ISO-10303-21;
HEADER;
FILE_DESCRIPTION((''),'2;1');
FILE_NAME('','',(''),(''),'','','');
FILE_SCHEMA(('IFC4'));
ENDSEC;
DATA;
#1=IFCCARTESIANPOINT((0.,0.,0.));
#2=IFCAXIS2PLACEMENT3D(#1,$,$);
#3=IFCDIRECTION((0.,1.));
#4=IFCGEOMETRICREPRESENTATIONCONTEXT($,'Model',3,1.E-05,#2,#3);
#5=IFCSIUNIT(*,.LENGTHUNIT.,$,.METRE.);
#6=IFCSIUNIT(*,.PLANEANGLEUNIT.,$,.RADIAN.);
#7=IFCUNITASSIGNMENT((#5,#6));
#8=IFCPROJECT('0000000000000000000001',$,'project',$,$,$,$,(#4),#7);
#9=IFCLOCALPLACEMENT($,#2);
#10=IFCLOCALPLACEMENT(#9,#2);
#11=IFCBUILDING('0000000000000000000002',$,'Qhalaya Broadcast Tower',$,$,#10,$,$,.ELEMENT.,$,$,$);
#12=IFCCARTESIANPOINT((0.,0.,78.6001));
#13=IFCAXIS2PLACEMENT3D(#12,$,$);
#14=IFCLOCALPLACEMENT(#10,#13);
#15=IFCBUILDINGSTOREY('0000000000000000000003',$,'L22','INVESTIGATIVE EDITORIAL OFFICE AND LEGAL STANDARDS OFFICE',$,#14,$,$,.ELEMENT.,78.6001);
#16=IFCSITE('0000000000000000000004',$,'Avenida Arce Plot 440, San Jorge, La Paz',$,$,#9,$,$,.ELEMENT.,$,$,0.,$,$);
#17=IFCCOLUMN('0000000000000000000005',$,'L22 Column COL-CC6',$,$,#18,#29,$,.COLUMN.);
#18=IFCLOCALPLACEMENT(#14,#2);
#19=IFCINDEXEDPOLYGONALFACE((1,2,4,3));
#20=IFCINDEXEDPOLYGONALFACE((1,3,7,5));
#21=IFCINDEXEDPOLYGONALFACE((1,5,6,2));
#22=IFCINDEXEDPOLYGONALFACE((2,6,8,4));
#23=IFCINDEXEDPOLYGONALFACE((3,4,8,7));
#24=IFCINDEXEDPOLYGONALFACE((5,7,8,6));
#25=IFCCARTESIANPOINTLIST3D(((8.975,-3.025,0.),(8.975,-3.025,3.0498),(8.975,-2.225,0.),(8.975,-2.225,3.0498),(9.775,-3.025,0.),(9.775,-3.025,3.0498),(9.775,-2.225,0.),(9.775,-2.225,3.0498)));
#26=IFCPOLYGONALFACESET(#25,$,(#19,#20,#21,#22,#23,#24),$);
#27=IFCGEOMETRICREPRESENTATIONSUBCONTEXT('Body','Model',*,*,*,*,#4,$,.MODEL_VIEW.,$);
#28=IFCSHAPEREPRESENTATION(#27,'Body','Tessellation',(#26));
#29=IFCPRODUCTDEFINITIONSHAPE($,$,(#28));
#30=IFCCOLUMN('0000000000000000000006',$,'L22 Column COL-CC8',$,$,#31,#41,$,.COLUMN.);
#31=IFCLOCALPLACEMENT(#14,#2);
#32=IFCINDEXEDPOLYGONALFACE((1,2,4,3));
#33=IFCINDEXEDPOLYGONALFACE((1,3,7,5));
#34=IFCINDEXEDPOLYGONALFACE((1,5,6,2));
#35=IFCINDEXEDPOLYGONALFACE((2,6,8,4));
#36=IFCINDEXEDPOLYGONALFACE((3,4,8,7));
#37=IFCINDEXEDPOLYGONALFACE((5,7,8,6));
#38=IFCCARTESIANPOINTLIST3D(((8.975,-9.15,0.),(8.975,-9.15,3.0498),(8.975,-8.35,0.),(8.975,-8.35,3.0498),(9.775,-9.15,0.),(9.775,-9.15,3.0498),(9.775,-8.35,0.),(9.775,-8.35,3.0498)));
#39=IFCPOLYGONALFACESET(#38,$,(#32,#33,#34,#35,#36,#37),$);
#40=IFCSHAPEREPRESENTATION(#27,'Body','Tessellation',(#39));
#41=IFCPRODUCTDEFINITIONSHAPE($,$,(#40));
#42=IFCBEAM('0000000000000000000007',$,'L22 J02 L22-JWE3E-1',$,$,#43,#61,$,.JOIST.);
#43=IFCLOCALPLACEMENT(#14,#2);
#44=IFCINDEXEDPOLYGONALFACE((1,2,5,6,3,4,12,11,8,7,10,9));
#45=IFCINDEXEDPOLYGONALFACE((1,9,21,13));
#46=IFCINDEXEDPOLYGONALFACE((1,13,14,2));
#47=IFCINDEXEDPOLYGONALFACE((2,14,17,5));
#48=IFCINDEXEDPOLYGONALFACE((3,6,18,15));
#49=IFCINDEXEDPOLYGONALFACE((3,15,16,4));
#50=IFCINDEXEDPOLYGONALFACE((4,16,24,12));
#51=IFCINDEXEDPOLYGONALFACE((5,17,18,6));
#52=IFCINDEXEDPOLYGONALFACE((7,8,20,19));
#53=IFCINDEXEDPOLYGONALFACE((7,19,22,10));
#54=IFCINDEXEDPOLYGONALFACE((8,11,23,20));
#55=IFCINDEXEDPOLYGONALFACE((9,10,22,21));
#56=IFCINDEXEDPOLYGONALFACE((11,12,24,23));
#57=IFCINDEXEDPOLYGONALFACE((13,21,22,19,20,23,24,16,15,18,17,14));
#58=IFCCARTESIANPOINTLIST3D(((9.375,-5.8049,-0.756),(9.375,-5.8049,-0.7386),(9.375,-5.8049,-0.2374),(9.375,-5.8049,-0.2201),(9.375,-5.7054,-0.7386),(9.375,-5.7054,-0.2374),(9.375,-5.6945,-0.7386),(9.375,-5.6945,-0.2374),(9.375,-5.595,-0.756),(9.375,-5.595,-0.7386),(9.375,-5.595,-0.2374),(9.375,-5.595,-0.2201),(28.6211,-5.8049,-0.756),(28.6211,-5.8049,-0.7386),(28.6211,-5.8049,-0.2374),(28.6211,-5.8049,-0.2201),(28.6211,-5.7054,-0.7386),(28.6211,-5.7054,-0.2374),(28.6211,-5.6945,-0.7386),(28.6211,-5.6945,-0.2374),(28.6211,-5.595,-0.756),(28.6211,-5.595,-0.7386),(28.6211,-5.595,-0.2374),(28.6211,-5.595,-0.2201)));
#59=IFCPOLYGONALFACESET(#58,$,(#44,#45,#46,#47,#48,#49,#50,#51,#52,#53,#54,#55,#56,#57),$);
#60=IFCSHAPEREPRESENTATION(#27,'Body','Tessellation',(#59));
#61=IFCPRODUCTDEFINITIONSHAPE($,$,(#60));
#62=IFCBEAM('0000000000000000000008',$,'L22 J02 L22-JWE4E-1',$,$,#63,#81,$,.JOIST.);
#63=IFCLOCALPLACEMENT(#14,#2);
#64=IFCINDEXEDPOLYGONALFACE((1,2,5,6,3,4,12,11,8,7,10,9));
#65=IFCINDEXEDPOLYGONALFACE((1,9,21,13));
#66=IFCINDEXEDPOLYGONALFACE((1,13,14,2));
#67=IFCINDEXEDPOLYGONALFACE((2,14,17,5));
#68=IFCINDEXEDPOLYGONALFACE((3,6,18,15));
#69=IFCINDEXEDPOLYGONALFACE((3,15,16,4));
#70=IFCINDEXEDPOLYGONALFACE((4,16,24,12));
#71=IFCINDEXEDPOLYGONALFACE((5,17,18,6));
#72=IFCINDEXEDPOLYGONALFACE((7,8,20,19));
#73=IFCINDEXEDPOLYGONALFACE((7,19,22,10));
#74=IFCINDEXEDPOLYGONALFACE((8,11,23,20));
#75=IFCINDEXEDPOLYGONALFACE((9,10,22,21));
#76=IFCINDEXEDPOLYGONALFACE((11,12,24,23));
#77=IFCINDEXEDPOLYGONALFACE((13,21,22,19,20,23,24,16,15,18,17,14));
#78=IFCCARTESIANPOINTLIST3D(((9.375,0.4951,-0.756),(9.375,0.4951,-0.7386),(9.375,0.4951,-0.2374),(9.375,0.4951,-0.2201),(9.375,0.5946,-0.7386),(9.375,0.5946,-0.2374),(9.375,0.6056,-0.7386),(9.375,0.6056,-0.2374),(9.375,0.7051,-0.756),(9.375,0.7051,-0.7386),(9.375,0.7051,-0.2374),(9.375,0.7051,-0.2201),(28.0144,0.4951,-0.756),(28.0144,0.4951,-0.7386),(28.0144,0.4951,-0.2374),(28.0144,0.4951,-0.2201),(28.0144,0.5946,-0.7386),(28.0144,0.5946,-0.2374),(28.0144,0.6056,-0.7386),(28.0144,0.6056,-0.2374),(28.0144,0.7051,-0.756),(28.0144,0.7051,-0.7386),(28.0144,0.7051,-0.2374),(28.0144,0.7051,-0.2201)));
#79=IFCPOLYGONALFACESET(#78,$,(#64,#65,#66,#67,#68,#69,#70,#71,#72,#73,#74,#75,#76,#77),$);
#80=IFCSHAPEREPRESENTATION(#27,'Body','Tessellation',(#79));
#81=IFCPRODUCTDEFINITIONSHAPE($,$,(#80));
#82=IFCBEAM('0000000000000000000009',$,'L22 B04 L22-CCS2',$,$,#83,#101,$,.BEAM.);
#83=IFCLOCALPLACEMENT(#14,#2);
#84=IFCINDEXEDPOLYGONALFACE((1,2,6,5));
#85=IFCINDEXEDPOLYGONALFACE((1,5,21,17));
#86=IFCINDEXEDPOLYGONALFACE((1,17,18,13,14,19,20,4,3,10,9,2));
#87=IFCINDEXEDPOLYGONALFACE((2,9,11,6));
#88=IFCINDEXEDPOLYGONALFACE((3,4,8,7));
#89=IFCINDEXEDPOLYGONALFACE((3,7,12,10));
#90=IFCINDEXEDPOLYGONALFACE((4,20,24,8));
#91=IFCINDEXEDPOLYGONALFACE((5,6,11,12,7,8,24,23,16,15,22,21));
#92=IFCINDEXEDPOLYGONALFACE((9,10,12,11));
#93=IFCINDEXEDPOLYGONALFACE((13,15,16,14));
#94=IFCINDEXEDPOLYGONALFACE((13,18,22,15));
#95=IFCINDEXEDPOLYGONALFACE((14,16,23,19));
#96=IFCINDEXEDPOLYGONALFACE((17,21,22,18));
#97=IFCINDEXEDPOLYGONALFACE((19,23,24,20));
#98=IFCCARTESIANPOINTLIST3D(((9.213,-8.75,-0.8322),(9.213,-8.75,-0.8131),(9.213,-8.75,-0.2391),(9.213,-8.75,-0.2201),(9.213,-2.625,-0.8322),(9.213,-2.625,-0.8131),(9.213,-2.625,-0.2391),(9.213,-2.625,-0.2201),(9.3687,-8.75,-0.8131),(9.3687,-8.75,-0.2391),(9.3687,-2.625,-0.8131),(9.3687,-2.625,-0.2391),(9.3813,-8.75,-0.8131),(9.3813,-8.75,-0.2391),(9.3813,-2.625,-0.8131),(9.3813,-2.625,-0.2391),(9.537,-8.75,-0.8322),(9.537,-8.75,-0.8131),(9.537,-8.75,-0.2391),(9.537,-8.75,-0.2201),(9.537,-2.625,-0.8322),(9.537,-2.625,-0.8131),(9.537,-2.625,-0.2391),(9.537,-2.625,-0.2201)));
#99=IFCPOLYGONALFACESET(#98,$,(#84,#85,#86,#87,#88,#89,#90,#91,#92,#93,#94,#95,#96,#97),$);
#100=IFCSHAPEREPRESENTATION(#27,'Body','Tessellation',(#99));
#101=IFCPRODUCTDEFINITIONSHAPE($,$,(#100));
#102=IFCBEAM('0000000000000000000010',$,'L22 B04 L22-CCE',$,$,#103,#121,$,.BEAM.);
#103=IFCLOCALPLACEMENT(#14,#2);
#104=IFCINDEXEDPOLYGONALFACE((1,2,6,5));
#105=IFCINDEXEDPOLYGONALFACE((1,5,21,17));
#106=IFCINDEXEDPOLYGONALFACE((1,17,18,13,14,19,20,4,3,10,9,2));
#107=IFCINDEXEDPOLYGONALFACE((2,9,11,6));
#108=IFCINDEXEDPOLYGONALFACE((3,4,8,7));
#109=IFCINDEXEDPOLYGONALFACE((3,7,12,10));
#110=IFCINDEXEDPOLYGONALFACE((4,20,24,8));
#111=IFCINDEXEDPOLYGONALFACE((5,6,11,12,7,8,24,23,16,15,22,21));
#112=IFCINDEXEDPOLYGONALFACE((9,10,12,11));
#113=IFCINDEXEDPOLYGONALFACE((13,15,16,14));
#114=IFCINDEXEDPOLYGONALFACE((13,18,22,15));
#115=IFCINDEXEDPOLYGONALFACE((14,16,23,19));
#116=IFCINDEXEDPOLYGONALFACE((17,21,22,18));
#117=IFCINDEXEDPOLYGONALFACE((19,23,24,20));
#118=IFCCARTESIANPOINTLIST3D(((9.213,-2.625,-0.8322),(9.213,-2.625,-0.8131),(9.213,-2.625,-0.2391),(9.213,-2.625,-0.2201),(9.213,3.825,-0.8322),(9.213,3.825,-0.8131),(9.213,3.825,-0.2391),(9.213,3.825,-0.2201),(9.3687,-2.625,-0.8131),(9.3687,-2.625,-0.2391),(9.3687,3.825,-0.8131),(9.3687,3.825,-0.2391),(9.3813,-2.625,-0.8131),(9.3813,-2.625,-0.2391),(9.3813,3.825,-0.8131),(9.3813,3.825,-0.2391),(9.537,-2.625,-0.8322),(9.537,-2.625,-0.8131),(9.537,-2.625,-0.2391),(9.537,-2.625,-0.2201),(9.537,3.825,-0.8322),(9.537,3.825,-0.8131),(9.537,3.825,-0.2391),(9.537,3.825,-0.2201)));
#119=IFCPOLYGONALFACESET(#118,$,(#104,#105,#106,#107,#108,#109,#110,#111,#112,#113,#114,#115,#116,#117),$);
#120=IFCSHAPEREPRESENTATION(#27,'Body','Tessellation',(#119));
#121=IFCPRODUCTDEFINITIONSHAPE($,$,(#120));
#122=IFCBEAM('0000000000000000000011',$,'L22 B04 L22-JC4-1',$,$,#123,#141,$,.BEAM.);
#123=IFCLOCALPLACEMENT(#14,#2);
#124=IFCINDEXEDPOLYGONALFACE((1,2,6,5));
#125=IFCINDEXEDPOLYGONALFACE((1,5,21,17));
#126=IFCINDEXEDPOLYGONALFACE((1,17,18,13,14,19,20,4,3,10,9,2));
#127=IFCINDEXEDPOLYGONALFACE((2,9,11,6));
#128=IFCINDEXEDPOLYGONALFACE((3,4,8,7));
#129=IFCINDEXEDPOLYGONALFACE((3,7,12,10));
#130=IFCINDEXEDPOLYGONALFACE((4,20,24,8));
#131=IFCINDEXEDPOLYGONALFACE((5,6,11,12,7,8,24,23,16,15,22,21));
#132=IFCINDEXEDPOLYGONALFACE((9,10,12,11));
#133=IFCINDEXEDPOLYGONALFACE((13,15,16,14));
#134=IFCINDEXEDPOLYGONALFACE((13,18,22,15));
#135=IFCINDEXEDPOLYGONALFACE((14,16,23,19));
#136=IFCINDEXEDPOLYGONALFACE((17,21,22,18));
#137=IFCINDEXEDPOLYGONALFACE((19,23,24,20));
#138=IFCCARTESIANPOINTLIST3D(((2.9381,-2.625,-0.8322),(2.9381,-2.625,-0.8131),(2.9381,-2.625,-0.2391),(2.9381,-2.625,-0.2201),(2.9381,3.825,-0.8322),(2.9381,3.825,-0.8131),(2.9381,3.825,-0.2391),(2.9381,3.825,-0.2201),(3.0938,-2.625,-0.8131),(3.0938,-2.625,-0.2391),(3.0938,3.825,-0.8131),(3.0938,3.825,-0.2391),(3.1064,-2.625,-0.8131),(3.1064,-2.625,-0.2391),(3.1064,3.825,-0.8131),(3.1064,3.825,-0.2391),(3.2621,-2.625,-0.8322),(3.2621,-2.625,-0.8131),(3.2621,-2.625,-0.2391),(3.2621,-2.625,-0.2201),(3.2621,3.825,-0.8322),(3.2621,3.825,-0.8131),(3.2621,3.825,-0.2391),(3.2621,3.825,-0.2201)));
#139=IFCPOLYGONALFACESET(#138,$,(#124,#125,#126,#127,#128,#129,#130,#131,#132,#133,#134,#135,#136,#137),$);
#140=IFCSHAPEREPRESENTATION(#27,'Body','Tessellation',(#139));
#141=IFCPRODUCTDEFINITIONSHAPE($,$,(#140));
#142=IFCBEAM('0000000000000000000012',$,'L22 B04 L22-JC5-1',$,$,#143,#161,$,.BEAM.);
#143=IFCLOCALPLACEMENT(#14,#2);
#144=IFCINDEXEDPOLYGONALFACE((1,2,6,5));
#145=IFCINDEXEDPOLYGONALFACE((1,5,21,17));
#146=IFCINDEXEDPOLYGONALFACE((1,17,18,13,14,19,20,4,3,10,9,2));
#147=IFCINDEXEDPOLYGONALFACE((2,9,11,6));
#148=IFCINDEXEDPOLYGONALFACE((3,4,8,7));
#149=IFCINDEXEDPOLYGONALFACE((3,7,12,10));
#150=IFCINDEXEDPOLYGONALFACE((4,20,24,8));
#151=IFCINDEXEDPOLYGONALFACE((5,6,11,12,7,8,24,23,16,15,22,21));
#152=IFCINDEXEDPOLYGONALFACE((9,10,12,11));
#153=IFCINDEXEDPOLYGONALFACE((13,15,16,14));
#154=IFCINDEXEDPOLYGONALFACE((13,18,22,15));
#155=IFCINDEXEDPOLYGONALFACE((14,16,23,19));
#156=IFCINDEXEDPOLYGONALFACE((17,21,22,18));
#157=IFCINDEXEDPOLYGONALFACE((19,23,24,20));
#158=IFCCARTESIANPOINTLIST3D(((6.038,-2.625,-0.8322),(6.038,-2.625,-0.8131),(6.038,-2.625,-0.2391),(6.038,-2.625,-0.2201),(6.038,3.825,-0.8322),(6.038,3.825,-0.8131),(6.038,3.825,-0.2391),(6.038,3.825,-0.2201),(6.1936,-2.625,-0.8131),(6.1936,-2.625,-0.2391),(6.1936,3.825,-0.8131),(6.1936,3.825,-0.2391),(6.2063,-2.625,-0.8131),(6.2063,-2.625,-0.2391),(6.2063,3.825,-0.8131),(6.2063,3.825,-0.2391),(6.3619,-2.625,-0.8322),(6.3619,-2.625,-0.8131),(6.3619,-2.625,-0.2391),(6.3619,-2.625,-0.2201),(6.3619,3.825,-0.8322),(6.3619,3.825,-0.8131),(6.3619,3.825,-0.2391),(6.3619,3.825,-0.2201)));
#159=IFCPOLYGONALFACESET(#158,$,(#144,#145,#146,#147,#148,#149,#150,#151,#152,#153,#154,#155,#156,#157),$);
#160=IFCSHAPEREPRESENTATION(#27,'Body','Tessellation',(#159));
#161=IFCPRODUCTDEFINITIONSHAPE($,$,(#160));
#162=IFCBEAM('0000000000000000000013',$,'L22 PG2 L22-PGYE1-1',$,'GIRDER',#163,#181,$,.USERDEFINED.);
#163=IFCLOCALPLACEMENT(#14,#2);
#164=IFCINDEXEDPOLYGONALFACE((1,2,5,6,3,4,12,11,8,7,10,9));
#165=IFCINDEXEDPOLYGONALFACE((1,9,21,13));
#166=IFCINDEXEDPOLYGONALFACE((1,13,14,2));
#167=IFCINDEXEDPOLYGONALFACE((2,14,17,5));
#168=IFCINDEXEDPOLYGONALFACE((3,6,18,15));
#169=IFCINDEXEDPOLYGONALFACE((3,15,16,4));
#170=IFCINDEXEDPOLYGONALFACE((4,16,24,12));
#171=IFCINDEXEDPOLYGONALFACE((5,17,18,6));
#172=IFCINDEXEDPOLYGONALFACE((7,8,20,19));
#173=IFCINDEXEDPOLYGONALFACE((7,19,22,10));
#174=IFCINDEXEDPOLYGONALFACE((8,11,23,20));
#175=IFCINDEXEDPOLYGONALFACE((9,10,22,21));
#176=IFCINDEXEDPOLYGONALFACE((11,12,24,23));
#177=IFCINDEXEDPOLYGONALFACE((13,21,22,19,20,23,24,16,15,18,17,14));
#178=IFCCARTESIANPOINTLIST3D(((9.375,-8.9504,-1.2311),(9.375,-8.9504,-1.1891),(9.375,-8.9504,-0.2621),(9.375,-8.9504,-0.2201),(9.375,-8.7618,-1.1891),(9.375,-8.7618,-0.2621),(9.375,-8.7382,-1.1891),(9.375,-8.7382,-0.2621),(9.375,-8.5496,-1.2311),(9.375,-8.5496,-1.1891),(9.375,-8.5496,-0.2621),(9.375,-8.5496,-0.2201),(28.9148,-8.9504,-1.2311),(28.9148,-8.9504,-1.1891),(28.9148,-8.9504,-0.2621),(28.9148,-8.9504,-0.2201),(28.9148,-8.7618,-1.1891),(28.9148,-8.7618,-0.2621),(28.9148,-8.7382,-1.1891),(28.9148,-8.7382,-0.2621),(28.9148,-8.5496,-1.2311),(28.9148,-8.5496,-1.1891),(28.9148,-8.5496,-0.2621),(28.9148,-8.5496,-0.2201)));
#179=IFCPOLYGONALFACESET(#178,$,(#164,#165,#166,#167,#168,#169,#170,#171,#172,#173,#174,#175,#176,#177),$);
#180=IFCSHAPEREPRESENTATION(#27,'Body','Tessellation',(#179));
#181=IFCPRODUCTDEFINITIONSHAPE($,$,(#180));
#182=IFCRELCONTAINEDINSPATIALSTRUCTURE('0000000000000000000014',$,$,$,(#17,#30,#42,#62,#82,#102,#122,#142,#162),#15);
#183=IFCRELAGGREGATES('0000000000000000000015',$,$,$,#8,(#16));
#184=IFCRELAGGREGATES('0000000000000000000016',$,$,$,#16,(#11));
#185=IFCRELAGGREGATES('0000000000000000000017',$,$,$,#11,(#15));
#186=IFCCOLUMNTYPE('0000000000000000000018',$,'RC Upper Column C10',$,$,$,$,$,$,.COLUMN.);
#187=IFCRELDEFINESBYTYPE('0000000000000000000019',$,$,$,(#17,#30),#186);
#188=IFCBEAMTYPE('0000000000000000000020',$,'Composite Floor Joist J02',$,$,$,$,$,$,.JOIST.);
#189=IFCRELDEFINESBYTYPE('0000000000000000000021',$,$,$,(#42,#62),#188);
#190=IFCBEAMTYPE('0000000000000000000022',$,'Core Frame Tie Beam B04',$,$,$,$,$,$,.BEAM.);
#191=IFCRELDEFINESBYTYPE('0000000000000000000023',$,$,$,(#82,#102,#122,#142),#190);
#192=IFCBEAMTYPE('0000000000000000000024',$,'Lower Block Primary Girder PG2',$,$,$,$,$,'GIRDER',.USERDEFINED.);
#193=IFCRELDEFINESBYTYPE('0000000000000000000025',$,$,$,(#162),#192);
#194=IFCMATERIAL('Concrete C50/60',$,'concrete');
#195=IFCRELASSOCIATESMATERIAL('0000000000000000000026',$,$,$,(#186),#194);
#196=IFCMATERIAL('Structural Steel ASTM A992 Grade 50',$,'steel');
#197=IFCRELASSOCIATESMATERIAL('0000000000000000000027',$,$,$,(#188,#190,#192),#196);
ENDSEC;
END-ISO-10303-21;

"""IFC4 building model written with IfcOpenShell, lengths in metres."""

from ifc_helpers import new_model, si_unit, direction, frame, origin, origin_2d, place, context, subcontext, project, spatial, rectangle, i_section, extrude, material, material_profile, profile_set, type_object, element, save


model = new_model("IFC4")

# Units and contexts
model_context = context("Model", 3, precision=1e-05, world=origin(), true_north=direction((0.0, 1.0)))
body_context = subcontext(model_context, "Body", "Model", "MODEL_VIEW")
ifc_project = project(units=[si_unit("LENGTHUNIT", "METRE"), si_unit("PLANEANGLEUNIT", "RADIAN")], contexts=[model_context])

# Site, building, storey
site_placement = place(None, origin())
site = spatial("IfcSite", under=ifc_project, at=site_placement, Name="Avenida Arce Plot 440, San Jorge, La Paz", CompositionType="ELEMENT", RefElevation=0.0)
building_placement = place(site_placement, origin())
building = spatial("IfcBuilding", under=site, at=building_placement, Name="Qhalaya Broadcast Tower", CompositionType="ELEMENT")
storey_placement = place(building_placement, frame((0.0, 0.0, 78.6001)))
storey = spatial("IfcBuildingStorey", under=building, at=storey_placement, Name="L22", Description="INVESTIGATIVE EDITORIAL OFFICE AND LEGAL STANDARDS OFFICE", CompositionType="ELEMENT", Elevation=78.6001)

# Columns
ifc_material_1 = material(Name="Concrete C50/60", Category="concrete")
ifc_material_profile_1 = material_profile(ifc_material_1, rectangle(XDim=0.8, YDim=0.8, at=origin_2d()), Name="RC-COL 800x800")
ifc_profile_set_1 = profile_set([ifc_material_profile_1], Name="Concrete C50/60")
column_type = type_object("IfcColumnType", Name="RC Upper Column C10", PredefinedType="COLUMN", material=ifc_profile_set_1)
for number, where, z_axis, x_axis, name in (
    (1, (9.375, -2.625, 0.0), (0.0, 0.0, 1.0), (1.0, 0.0, 0.0), "L22 Column COL-CC6"),
    (2, (9.375, -8.75, 0.0), (0.0, 0.0, 1.0), (1.0, 0.0, 0.0), "L22 Column COL-CC8"),
):
    element("IfcColumn", number, at=place(storey_placement, frame(where, z_axis=z_axis, x_axis=x_axis)), inside=storey, type_object=column_type, Name=name, PredefinedType="COLUMN", context=body_context, shape_type="SweptSolid", body=[
        extrude(rectangle(XDim=0.8, YDim=0.8, at=origin_2d()), origin(), (0.0, 0.0, 1.0), 3.0498),
    ])

# Beams
ifc_material_2 = material(Name="Structural Steel ASTM A992 Grade 50", Category="steel")
ifc_material_profile_2 = material_profile(ifc_material_2, i_section(OverallWidth=0.21, OverallDepth=0.5359, WebThickness=0.011, FlangeThickness=0.0173, at=origin_2d()), Name="W21X68")
ifc_profile_set_2 = profile_set([ifc_material_profile_2], Name="Structural Steel ASTM A992 Grade 50")
beam_type_1 = type_object("IfcBeamType", Name="Composite Floor Joist J02", PredefinedType="JOIST", material=ifc_profile_set_2)
beam_1_placement = place(storey_placement, frame((9.375, -5.7, -0.488), z_axis=(1.0, 0.0, 0.0), x_axis=(0.0, 1.0, 0.0)))
element("IfcBeam", 3, at=beam_1_placement, inside=storey, type_object=beam_type_1, Name="L22 J02 L22-JWE3E-1", PredefinedType="JOIST", context=body_context, shape_type="SweptSolid", body=[
    extrude(i_section(OverallWidth=0.21, OverallDepth=0.5359, WebThickness=0.011, FlangeThickness=0.0173, at=origin_2d()), origin(), (0.0, 0.0, 1.0), 19.2461),
])
beam_2_placement = place(storey_placement, frame((9.375, 0.6001, -0.488), z_axis=(1.0, 0.0, 0.0), x_axis=(0.0, 1.0, 0.0)))
element("IfcBeam", 4, at=beam_2_placement, inside=storey, type_object=beam_type_1, Name="L22 J02 L22-JWE4E-1", PredefinedType="JOIST", context=body_context, shape_type="SweptSolid", body=[
    extrude(i_section(OverallWidth=0.21, OverallDepth=0.5359, WebThickness=0.011, FlangeThickness=0.0173, at=origin_2d()), origin(), (0.0, 0.0, 1.0), 18.6394),
])
ifc_material_profile_3 = material_profile(ifc_material_2, i_section(OverallWidth=0.324, OverallDepth=0.6121, WebThickness=0.0127, FlangeThickness=0.019, at=origin_2d()), Name="W24X104")
ifc_profile_set_3 = profile_set([ifc_material_profile_3], Name="Structural Steel ASTM A992 Grade 50")
beam_type_2 = type_object("IfcBeamType", Name="Core Frame Tie Beam B04", PredefinedType="BEAM", material=ifc_profile_set_3)
beam_3_placement = place(storey_placement, frame((9.375, -8.75, -0.5261), z_axis=(0.0, 1.0, 0.0), x_axis=(-1.0, 0.0, 0.0)))
element("IfcBeam", 5, at=beam_3_placement, inside=storey, type_object=beam_type_2, Name="L22 B04 L22-CCS2", PredefinedType="BEAM", context=body_context, shape_type="SweptSolid", body=[
    extrude(i_section(OverallWidth=0.324, OverallDepth=0.6121, WebThickness=0.0127, FlangeThickness=0.019, at=origin_2d()), origin(), (0.0, 0.0, 1.0), 6.125),
])
for number, where, z_axis, x_axis, name in (
    (6, (9.375, -2.625, -0.5261), (0.0, 1.0, 0.0), (-1.0, 0.0, 0.0), "L22 B04 L22-CCE"),
    (7, (3.1001, -2.625, -0.5261), (0.0, 1.0, 0.0), (-1.0, 0.0, 0.0), "L22 B04 L22-JC4-1"),
    (8, (6.2, -2.625, -0.5261), (0.0, 1.0, 0.0), (-1.0, 0.0, 0.0), "L22 B04 L22-JC5-1"),
):
    element("IfcBeam", number, at=place(storey_placement, frame(where, z_axis=z_axis, x_axis=x_axis)), inside=storey, type_object=beam_type_2, Name=name, PredefinedType="BEAM", context=body_context, shape_type="SweptSolid", body=[
        extrude(i_section(OverallWidth=0.324, OverallDepth=0.6121, WebThickness=0.0127, FlangeThickness=0.019, at=origin_2d()), origin(), (0.0, 0.0, 1.0), 6.45),
    ])
ifc_material_profile_4 = material_profile(ifc_material_2, i_section(OverallWidth=0.4009, OverallDepth=1.011, WebThickness=0.0237, FlangeThickness=0.042, at=origin_2d()), Name="W40X297")
ifc_profile_set_4 = profile_set([ifc_material_profile_4], Name="Structural Steel ASTM A992 Grade 50")
beam_type_3 = type_object("IfcBeamType", Name="Lower Block Primary Girder PG2", ElementType="GIRDER", PredefinedType="USERDEFINED", material=ifc_profile_set_4)
beam_4_placement = place(storey_placement, frame((9.375, -8.75, -0.7256), z_axis=(1.0, 0.0, 0.0), x_axis=(0.0, 1.0, 0.0)))
element("IfcBeam", 9, at=beam_4_placement, inside=storey, type_object=beam_type_3, Name="L22 PG2 L22-PGYE1-1", ObjectType="GIRDER", PredefinedType="USERDEFINED", context=body_context, shape_type="SweptSolid", body=[
    extrude(i_section(OverallWidth=0.4009, OverallDepth=1.011, WebThickness=0.0237, FlangeThickness=0.042, at=origin_2d()), origin(), (0.0, 0.0, 1.0), 19.5398),
])

save(model, "model.ifc")
